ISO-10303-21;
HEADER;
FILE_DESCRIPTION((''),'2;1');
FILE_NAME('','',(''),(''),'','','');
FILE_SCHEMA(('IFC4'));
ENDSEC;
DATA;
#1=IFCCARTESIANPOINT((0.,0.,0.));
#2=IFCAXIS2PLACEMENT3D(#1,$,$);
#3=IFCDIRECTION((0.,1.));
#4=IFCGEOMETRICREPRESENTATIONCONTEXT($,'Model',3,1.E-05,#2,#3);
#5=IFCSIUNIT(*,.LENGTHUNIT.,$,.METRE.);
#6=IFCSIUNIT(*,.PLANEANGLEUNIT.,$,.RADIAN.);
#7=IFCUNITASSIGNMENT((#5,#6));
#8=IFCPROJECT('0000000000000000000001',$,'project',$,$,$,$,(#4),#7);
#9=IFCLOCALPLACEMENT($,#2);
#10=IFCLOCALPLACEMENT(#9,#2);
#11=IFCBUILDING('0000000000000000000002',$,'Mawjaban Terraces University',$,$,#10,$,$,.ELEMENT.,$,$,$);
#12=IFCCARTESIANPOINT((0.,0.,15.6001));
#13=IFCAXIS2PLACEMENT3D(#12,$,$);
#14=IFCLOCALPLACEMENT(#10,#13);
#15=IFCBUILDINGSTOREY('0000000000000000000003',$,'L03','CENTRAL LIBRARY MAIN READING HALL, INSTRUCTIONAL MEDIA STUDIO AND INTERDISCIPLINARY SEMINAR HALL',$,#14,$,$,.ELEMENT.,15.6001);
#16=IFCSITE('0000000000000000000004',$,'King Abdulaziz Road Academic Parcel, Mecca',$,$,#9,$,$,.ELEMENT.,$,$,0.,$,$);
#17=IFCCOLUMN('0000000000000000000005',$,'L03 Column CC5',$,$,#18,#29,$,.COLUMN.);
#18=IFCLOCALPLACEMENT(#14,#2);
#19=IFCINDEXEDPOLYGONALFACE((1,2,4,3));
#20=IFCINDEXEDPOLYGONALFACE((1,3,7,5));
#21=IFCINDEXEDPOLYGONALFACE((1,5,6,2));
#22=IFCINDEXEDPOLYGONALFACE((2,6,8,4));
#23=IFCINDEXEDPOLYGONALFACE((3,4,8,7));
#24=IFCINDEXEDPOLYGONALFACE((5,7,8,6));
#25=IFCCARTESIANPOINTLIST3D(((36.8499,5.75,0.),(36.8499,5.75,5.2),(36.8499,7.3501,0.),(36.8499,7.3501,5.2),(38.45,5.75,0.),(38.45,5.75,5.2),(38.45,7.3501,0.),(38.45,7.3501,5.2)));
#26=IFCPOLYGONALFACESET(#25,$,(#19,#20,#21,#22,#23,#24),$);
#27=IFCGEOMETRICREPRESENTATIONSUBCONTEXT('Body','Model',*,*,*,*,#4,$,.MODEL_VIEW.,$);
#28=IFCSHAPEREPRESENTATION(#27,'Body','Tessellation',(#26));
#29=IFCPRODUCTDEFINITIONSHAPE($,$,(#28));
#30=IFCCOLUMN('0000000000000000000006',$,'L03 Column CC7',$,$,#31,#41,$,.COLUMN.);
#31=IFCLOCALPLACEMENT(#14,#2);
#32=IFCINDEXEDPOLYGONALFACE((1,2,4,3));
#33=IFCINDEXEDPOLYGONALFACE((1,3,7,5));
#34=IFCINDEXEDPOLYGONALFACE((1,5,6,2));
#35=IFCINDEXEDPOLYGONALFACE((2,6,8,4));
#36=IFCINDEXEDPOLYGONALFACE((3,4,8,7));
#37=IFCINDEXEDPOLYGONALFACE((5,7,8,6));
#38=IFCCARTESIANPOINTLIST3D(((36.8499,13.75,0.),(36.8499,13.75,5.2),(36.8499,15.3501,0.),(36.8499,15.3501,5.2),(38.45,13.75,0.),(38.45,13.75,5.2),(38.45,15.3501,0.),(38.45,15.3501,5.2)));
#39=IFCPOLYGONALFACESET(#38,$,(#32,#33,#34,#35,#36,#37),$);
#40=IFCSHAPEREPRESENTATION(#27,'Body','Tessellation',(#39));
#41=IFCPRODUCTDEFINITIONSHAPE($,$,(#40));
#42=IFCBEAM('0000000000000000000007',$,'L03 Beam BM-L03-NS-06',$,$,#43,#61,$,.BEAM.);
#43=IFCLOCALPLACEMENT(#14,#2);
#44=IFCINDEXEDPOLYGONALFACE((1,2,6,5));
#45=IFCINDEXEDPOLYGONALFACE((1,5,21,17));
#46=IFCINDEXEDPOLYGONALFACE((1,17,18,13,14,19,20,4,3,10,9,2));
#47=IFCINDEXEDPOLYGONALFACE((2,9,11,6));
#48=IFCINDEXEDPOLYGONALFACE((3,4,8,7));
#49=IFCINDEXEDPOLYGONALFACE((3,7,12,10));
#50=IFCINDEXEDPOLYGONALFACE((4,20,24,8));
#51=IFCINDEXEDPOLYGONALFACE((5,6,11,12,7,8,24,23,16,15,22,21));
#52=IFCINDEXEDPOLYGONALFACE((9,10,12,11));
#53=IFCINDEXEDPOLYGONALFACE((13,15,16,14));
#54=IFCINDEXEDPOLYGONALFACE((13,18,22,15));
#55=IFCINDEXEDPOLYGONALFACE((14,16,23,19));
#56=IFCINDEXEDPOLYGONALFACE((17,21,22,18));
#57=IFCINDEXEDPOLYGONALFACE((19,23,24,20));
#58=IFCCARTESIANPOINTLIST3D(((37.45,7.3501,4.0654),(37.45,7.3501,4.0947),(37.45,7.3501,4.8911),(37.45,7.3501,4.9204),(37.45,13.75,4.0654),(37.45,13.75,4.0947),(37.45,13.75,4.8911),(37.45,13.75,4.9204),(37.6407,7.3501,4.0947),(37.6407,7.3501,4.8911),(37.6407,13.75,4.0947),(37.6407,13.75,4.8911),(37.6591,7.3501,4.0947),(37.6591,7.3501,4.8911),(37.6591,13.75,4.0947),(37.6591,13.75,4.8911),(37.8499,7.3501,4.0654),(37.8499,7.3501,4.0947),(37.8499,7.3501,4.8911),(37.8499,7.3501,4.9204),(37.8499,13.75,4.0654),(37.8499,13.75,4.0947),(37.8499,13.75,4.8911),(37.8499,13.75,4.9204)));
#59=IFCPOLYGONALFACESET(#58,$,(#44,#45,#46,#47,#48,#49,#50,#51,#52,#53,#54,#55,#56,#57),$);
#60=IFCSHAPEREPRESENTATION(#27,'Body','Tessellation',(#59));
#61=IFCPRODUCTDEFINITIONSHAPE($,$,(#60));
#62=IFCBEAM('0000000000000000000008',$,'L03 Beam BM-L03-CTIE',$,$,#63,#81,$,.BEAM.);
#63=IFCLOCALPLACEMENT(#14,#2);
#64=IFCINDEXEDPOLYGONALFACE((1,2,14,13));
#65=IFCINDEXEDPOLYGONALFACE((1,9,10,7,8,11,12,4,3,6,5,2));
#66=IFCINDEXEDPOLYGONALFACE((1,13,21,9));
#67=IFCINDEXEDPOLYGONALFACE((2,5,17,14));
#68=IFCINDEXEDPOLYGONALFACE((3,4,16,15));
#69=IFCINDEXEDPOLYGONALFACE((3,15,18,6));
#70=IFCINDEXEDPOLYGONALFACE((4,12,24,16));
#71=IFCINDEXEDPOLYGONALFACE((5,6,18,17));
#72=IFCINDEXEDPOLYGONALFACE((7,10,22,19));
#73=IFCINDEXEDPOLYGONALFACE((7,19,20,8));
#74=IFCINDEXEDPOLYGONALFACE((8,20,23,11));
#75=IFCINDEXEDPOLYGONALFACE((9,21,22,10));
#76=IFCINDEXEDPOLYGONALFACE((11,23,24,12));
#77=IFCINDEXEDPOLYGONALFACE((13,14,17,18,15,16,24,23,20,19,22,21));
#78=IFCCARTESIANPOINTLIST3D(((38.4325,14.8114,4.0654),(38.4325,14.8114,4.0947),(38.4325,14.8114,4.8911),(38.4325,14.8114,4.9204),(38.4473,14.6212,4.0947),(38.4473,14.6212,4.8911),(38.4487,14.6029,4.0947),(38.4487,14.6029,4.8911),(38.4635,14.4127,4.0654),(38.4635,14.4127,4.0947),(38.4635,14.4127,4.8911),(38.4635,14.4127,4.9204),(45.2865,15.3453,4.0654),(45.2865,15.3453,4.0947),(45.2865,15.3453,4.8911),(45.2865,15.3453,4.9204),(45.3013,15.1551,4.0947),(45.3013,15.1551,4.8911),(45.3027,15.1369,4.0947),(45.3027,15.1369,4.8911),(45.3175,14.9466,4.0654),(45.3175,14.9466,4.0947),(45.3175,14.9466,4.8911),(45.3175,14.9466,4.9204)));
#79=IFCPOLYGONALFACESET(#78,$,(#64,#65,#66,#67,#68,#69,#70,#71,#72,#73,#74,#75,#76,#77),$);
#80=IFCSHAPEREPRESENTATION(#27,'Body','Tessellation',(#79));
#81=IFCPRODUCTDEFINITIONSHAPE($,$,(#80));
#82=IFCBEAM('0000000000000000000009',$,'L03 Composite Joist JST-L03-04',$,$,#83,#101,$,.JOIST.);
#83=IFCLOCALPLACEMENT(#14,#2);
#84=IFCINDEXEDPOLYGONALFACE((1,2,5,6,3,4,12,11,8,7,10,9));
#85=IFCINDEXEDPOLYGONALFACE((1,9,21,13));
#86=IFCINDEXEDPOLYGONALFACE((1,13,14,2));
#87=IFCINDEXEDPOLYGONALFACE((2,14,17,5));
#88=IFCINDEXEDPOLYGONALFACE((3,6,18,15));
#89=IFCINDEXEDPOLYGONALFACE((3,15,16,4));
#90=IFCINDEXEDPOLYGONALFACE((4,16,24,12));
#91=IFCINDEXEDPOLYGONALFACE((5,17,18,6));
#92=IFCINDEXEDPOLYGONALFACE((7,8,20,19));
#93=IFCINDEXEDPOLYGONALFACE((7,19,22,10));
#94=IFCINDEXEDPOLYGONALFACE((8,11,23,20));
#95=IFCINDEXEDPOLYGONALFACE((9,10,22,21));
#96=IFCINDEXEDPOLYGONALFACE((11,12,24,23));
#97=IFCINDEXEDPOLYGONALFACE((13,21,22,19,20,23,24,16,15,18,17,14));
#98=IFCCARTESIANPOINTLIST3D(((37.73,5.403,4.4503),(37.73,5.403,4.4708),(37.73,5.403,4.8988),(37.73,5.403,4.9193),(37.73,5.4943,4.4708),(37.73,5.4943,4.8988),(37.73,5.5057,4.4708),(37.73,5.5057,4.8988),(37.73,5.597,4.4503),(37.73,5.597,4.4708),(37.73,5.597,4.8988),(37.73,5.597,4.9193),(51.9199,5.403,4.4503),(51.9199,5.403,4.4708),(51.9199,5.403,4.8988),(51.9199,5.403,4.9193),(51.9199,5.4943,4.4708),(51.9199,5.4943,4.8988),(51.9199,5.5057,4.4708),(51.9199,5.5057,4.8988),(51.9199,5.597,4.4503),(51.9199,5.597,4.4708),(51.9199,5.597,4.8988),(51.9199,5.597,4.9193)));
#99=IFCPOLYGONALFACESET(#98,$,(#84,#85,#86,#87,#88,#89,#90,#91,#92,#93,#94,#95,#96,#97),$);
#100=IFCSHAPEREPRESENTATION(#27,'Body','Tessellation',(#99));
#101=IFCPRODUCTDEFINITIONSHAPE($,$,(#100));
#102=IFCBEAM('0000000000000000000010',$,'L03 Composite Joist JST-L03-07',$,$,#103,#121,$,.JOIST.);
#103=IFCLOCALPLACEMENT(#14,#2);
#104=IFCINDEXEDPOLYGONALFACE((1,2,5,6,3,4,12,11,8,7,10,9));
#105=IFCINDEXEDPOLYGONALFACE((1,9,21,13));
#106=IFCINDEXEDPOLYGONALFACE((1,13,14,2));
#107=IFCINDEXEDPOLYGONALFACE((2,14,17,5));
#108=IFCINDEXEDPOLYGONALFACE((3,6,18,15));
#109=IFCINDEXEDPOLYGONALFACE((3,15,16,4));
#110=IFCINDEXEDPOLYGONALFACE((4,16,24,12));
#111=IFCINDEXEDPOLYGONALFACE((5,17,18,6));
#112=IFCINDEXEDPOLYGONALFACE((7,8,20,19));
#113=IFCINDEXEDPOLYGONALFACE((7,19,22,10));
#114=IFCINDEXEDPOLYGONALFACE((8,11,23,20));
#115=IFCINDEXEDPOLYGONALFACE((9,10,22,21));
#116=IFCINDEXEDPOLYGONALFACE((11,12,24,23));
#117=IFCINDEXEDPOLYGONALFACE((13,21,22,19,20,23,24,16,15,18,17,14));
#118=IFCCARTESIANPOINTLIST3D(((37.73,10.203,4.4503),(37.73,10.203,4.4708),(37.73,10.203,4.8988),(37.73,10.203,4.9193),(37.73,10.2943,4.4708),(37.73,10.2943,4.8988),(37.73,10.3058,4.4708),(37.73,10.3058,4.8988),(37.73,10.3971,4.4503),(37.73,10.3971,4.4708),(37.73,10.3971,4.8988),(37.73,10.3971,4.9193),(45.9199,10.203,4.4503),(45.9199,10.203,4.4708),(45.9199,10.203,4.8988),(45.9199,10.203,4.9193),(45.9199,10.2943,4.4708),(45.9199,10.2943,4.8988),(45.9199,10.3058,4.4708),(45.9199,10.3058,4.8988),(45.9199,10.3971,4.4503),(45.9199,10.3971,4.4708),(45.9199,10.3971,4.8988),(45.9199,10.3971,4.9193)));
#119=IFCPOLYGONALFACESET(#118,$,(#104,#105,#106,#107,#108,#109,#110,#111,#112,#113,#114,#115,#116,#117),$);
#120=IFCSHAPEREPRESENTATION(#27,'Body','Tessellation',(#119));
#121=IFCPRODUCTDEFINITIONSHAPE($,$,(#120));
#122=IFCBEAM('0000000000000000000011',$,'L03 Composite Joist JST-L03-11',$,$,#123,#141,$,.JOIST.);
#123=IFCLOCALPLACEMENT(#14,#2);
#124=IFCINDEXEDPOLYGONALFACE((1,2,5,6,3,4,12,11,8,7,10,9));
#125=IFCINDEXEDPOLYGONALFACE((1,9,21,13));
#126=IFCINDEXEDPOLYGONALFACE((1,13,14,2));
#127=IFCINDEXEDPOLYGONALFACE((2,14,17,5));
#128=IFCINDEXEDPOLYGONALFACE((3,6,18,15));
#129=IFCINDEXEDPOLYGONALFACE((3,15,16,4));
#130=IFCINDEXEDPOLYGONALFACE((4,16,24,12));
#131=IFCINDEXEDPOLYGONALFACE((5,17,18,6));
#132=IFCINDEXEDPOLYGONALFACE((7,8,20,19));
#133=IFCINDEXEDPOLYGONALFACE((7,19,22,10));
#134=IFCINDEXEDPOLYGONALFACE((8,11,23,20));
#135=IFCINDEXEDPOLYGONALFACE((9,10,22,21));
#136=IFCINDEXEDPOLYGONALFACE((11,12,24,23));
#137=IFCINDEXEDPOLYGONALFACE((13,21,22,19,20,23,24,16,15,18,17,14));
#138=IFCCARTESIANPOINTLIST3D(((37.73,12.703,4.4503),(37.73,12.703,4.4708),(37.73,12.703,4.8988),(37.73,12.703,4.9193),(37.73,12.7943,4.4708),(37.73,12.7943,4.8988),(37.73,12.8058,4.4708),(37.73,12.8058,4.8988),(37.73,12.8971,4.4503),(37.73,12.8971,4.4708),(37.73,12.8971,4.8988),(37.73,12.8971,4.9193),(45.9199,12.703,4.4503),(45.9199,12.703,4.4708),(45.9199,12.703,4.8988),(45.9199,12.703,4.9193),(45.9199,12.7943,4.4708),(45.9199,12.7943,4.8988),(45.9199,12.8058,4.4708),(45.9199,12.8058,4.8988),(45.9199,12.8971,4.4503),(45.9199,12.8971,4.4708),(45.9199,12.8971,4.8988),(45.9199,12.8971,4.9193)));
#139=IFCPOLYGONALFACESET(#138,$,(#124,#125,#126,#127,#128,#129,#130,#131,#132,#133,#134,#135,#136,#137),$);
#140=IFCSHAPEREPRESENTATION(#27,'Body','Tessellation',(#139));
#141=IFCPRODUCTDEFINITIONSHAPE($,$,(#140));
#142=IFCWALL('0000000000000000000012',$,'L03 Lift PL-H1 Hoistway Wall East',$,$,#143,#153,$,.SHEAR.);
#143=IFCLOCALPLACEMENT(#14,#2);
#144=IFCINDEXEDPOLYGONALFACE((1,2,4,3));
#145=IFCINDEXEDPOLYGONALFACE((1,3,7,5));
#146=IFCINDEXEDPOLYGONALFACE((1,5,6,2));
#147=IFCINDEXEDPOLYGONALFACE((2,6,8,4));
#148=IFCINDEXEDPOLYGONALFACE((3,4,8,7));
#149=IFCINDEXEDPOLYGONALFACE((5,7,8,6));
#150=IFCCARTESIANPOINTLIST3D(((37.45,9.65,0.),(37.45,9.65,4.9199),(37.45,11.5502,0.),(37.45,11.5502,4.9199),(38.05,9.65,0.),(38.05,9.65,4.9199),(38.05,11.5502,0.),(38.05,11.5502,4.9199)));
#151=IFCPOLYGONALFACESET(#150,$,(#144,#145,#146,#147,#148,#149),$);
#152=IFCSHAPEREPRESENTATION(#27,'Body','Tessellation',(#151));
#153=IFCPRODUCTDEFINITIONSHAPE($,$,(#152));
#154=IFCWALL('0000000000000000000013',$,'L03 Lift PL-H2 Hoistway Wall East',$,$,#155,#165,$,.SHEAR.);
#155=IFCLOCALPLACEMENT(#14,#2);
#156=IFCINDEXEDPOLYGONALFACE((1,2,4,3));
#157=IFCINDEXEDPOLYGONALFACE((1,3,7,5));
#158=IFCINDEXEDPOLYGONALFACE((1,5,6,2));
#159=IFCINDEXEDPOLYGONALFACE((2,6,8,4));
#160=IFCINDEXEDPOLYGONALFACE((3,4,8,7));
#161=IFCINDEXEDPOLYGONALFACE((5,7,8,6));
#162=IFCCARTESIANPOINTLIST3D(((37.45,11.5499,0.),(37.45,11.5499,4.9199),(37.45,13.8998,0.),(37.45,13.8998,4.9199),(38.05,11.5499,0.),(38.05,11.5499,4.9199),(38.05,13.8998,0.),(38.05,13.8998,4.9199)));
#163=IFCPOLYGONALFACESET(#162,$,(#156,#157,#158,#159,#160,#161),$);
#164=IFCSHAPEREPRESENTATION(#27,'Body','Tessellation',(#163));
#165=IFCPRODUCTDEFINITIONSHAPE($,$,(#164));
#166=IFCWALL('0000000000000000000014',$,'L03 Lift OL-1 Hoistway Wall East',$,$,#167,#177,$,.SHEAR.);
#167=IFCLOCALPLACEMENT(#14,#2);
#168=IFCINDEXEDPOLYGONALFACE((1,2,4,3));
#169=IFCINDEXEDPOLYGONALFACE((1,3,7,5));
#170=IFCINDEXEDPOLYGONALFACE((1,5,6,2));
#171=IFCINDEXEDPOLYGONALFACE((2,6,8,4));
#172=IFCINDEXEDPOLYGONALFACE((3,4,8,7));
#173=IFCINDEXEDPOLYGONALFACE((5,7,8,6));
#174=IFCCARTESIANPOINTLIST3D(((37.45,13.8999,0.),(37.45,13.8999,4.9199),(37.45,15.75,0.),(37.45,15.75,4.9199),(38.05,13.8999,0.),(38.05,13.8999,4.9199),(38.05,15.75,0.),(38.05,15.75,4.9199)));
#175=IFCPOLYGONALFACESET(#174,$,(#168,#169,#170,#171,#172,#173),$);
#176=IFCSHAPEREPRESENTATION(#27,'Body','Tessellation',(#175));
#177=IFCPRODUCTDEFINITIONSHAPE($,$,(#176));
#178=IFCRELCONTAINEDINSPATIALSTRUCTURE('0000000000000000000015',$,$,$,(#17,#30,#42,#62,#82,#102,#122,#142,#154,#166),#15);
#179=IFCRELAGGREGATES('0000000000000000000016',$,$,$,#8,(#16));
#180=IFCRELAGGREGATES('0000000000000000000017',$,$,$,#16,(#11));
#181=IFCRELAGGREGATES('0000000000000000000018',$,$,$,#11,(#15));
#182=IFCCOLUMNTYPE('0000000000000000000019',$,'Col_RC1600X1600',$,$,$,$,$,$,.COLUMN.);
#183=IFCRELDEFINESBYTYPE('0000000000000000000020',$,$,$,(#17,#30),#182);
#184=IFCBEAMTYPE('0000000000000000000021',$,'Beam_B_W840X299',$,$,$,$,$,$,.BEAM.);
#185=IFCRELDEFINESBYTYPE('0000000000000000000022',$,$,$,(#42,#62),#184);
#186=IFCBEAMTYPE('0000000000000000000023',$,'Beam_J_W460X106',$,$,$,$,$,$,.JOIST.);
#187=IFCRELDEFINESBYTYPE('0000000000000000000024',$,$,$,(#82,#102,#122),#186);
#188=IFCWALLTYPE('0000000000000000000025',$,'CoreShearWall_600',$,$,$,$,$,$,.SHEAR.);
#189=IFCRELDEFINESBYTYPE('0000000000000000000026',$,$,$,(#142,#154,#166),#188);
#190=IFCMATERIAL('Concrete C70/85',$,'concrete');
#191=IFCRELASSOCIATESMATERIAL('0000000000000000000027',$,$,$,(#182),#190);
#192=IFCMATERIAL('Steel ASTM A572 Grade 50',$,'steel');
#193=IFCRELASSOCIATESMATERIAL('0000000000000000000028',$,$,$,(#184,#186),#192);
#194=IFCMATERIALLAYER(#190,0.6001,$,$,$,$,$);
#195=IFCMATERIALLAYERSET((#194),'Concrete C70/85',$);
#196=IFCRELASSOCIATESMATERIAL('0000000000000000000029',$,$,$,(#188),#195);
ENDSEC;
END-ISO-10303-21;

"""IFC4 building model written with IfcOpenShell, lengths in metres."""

from ifc_helpers import new_model, si_unit, direction, frame, frame_2d, origin, origin_2d, place, context, subcontext, project, spatial, rectangle, i_section, extrude, material, layer, layer_set, material_profile, profile_set, type_object, element, save


model = new_model("IFC4")

# Units and contexts
model_context = context("Model", 3, precision=1e-05, world=origin(), true_north=direction((0.0, 1.0)))
body_context = subcontext(model_context, "Body", "Model", "MODEL_VIEW")
ifc_project = project(units=[si_unit("LENGTHUNIT", "METRE"), si_unit("PLANEANGLEUNIT", "RADIAN")], contexts=[model_context])

# Site, building, storey
site_placement = place(None, origin())
site = spatial("IfcSite", under=ifc_project, at=site_placement, Name="King Abdulaziz Road Academic Parcel, Mecca", CompositionType="ELEMENT", RefElevation=0.0)
building_placement = place(site_placement, origin())
building = spatial("IfcBuilding", under=site, at=building_placement, Name="Mawjaban Terraces University", CompositionType="ELEMENT")
storey_placement = place(building_placement, frame((0.0, 0.0, 15.6001)))
storey = spatial("IfcBuildingStorey", under=building, at=storey_placement, Name="L03", Description="CENTRAL LIBRARY MAIN READING HALL, INSTRUCTIONAL MEDIA STUDIO AND INTERDISCIPLINARY SEMINAR HALL", CompositionType="ELEMENT", Elevation=15.6001)

# Columns
ifc_material_1 = material(Name="Concrete C70/85", Category="concrete")
ifc_material_profile_1 = material_profile(ifc_material_1, rectangle(XDim=1.6001, YDim=1.6001, at=origin_2d()), Name="RC1600X1600")
ifc_profile_set_1 = profile_set([ifc_material_profile_1], Name="Concrete C70/85")
column_type = type_object("IfcColumnType", Name="Col_RC1600X1600", PredefinedType="COLUMN", material=ifc_profile_set_1)
for number, where, z_axis, x_axis, name in (
    (1, (37.6499, 6.55, 0.0), (0.0, 0.0, 1.0), (1.0, 0.0, 0.0), "L03 Column CC5"),
    (2, (37.6499, 14.55, 0.0), (0.0, 0.0, 1.0), (1.0, 0.0, 0.0), "L03 Column CC7"),
):
    element("IfcColumn", number, at=place(storey_placement, frame(where, z_axis=z_axis, x_axis=x_axis)), inside=storey, type_object=column_type, Name=name, PredefinedType="COLUMN", context=body_context, shape_type="SweptSolid", body=[
        extrude(rectangle(XDim=1.6001, YDim=1.6001, at=origin_2d()), origin(), (0.0, 0.0, 1.0), 5.2),
    ])

# Beams
ifc_material_2 = material(Name="Steel ASTM A572 Grade 50", Category="steel")
ifc_material_profile_2 = material_profile(ifc_material_2, i_section(OverallWidth=0.3999, OverallDepth=0.855, WebThickness=0.0183, FlangeThickness=0.0293, at=origin_2d()), Name="W840X299")
ifc_profile_set_2 = profile_set([ifc_material_profile_2], Name="Steel ASTM A572 Grade 50")
beam_type_1 = type_object("IfcBeamType", Name="Beam_B_W840X299", PredefinedType="BEAM", material=ifc_profile_set_2)
beam_1_placement = place(storey_placement, frame((37.6499, 7.3501, 4.4929), z_axis=(0.0, 1.0, 0.0), x_axis=(-1.0, 0.0, 0.0)))
element("IfcBeam", 3, at=beam_1_placement, inside=storey, type_object=beam_type_1, Name="L03 Beam BM-L03-NS-06", PredefinedType="BEAM", context=body_context, shape_type="SweptSolid", body=[
    extrude(i_section(OverallWidth=0.3999, OverallDepth=0.855, WebThickness=0.0183, FlangeThickness=0.0293, at=origin_2d()), origin(), (0.0, 0.0, 1.0), 6.3999),
])
beam_2_placement = place(storey_placement, frame((38.448, 14.6121, 4.4929), z_axis=(0.996979, 0.077666, 0.0), x_axis=(-0.077666, 0.996979, 0.0)))
element("IfcBeam", 4, at=beam_2_placement, inside=storey, type_object=beam_type_1, Name="L03 Beam BM-L03-CTIE", PredefinedType="BEAM", context=body_context, shape_type="SweptSolid", body=[
    extrude(i_section(OverallWidth=0.3999, OverallDepth=0.855, WebThickness=0.0183, FlangeThickness=0.0293, at=origin_2d()), origin(), (0.0, 0.0, 1.0), 6.8748),
])
ifc_material_profile_3 = material_profile(ifc_material_2, i_section(OverallWidth=0.1941, OverallDepth=0.469, WebThickness=0.0115, FlangeThickness=0.0205, at=origin_2d()), Name="W460X106")
ifc_profile_set_3 = profile_set([ifc_material_profile_3], Name="Steel ASTM A572 Grade 50")
beam_type_2 = type_object("IfcBeamType", Name="Beam_J_W460X106", PredefinedType="JOIST", material=ifc_profile_set_3)
beam_3_placement = place(storey_placement, frame((37.73, 5.5, 4.6848), z_axis=(1.0, 0.0, 0.0), x_axis=(0.0, 1.0, 0.0)))
element("IfcBeam", 5, at=beam_3_placement, inside=storey, type_object=beam_type_2, Name="L03 Composite Joist JST-L03-04", PredefinedType="JOIST", context=body_context, shape_type="SweptSolid", body=[
    extrude(i_section(OverallWidth=0.1941, OverallDepth=0.469, WebThickness=0.0115, FlangeThickness=0.0205, at=origin_2d()), origin(), (0.0, 0.0, 1.0), 14.1899),
])
for number, where, z_axis, x_axis, name in (
    (6, (37.73, 10.3, 4.6848), (1.0, 0.0, 0.0), (0.0, 1.0, 0.0), "L03 Composite Joist JST-L03-07"),
    (7, (37.73, 12.8, 4.6848), (1.0, 0.0, 0.0), (0.0, 1.0, 0.0), "L03 Composite Joist JST-L03-11"),
):
    element("IfcBeam", number, at=place(storey_placement, frame(where, z_axis=z_axis, x_axis=x_axis)), inside=storey, type_object=beam_type_2, Name=name, PredefinedType="JOIST", context=body_context, shape_type="SweptSolid", body=[
        extrude(i_section(OverallWidth=0.1941, OverallDepth=0.469, WebThickness=0.0115, FlangeThickness=0.0205, at=origin_2d()), origin(), (0.0, 0.0, 1.0), 8.1899),
    ])

# Walls
ifc_layer_1 = layer(ifc_material_1, 0.6001)
ifc_layer_set_1 = layer_set([ifc_layer_1], Name="Concrete C70/85")
wall_type_1 = type_object("IfcWallType", Name="CoreShearWall_600", PredefinedType="SHEAR", material=ifc_layer_set_1)
wall_1_placement = place(storey_placement, frame((37.75, 9.6499, 0.0), z_axis=(0.0, 0.0, 1.0), x_axis=(0.0, 1.0, 0.0)))
element("IfcWall", 8, at=wall_1_placement, inside=storey, type_object=wall_type_1, Name="L03 Lift PL-H1 Hoistway Wall East", PredefinedType="SHEAR", context=body_context, shape_type="SweptSolid", body=[
    extrude(rectangle(XDim=1.9001, YDim=0.6001, at=frame_2d((0.9502, 0.0))), origin(), (0.0, 0.0, 1.0), 4.9199),
])
wall_2_placement = place(storey_placement, frame((37.75, 11.55, 0.0), z_axis=(0.0, 0.0, 1.0), x_axis=(0.0, 1.0, 0.0)))
element("IfcWall", 9, at=wall_2_placement, inside=storey, type_object=wall_type_1, Name="L03 Lift PL-H2 Hoistway Wall East", PredefinedType="SHEAR", context=body_context, shape_type="SweptSolid", body=[
    extrude(rectangle(XDim=2.3499, YDim=0.6001, at=frame_2d((1.1748, 0.0))), origin(), (0.0, 0.0, 1.0), 4.9199),
])
wall_3_placement = place(storey_placement, frame((37.75, 13.8999, 0.0), z_axis=(0.0, 0.0, 1.0), x_axis=(0.0, 1.0, 0.0)))
element("IfcWall", 10, at=wall_3_placement, inside=storey, type_object=wall_type_1, Name="L03 Lift OL-1 Hoistway Wall East", PredefinedType="SHEAR", context=body_context, shape_type="SweptSolid", body=[
    extrude(rectangle(XDim=1.8501, YDim=0.6001, at=frame_2d((0.925, 0.0))), origin(), (0.0, 0.0, 1.0), 4.9199),
])

save(model, "model.ifc")
